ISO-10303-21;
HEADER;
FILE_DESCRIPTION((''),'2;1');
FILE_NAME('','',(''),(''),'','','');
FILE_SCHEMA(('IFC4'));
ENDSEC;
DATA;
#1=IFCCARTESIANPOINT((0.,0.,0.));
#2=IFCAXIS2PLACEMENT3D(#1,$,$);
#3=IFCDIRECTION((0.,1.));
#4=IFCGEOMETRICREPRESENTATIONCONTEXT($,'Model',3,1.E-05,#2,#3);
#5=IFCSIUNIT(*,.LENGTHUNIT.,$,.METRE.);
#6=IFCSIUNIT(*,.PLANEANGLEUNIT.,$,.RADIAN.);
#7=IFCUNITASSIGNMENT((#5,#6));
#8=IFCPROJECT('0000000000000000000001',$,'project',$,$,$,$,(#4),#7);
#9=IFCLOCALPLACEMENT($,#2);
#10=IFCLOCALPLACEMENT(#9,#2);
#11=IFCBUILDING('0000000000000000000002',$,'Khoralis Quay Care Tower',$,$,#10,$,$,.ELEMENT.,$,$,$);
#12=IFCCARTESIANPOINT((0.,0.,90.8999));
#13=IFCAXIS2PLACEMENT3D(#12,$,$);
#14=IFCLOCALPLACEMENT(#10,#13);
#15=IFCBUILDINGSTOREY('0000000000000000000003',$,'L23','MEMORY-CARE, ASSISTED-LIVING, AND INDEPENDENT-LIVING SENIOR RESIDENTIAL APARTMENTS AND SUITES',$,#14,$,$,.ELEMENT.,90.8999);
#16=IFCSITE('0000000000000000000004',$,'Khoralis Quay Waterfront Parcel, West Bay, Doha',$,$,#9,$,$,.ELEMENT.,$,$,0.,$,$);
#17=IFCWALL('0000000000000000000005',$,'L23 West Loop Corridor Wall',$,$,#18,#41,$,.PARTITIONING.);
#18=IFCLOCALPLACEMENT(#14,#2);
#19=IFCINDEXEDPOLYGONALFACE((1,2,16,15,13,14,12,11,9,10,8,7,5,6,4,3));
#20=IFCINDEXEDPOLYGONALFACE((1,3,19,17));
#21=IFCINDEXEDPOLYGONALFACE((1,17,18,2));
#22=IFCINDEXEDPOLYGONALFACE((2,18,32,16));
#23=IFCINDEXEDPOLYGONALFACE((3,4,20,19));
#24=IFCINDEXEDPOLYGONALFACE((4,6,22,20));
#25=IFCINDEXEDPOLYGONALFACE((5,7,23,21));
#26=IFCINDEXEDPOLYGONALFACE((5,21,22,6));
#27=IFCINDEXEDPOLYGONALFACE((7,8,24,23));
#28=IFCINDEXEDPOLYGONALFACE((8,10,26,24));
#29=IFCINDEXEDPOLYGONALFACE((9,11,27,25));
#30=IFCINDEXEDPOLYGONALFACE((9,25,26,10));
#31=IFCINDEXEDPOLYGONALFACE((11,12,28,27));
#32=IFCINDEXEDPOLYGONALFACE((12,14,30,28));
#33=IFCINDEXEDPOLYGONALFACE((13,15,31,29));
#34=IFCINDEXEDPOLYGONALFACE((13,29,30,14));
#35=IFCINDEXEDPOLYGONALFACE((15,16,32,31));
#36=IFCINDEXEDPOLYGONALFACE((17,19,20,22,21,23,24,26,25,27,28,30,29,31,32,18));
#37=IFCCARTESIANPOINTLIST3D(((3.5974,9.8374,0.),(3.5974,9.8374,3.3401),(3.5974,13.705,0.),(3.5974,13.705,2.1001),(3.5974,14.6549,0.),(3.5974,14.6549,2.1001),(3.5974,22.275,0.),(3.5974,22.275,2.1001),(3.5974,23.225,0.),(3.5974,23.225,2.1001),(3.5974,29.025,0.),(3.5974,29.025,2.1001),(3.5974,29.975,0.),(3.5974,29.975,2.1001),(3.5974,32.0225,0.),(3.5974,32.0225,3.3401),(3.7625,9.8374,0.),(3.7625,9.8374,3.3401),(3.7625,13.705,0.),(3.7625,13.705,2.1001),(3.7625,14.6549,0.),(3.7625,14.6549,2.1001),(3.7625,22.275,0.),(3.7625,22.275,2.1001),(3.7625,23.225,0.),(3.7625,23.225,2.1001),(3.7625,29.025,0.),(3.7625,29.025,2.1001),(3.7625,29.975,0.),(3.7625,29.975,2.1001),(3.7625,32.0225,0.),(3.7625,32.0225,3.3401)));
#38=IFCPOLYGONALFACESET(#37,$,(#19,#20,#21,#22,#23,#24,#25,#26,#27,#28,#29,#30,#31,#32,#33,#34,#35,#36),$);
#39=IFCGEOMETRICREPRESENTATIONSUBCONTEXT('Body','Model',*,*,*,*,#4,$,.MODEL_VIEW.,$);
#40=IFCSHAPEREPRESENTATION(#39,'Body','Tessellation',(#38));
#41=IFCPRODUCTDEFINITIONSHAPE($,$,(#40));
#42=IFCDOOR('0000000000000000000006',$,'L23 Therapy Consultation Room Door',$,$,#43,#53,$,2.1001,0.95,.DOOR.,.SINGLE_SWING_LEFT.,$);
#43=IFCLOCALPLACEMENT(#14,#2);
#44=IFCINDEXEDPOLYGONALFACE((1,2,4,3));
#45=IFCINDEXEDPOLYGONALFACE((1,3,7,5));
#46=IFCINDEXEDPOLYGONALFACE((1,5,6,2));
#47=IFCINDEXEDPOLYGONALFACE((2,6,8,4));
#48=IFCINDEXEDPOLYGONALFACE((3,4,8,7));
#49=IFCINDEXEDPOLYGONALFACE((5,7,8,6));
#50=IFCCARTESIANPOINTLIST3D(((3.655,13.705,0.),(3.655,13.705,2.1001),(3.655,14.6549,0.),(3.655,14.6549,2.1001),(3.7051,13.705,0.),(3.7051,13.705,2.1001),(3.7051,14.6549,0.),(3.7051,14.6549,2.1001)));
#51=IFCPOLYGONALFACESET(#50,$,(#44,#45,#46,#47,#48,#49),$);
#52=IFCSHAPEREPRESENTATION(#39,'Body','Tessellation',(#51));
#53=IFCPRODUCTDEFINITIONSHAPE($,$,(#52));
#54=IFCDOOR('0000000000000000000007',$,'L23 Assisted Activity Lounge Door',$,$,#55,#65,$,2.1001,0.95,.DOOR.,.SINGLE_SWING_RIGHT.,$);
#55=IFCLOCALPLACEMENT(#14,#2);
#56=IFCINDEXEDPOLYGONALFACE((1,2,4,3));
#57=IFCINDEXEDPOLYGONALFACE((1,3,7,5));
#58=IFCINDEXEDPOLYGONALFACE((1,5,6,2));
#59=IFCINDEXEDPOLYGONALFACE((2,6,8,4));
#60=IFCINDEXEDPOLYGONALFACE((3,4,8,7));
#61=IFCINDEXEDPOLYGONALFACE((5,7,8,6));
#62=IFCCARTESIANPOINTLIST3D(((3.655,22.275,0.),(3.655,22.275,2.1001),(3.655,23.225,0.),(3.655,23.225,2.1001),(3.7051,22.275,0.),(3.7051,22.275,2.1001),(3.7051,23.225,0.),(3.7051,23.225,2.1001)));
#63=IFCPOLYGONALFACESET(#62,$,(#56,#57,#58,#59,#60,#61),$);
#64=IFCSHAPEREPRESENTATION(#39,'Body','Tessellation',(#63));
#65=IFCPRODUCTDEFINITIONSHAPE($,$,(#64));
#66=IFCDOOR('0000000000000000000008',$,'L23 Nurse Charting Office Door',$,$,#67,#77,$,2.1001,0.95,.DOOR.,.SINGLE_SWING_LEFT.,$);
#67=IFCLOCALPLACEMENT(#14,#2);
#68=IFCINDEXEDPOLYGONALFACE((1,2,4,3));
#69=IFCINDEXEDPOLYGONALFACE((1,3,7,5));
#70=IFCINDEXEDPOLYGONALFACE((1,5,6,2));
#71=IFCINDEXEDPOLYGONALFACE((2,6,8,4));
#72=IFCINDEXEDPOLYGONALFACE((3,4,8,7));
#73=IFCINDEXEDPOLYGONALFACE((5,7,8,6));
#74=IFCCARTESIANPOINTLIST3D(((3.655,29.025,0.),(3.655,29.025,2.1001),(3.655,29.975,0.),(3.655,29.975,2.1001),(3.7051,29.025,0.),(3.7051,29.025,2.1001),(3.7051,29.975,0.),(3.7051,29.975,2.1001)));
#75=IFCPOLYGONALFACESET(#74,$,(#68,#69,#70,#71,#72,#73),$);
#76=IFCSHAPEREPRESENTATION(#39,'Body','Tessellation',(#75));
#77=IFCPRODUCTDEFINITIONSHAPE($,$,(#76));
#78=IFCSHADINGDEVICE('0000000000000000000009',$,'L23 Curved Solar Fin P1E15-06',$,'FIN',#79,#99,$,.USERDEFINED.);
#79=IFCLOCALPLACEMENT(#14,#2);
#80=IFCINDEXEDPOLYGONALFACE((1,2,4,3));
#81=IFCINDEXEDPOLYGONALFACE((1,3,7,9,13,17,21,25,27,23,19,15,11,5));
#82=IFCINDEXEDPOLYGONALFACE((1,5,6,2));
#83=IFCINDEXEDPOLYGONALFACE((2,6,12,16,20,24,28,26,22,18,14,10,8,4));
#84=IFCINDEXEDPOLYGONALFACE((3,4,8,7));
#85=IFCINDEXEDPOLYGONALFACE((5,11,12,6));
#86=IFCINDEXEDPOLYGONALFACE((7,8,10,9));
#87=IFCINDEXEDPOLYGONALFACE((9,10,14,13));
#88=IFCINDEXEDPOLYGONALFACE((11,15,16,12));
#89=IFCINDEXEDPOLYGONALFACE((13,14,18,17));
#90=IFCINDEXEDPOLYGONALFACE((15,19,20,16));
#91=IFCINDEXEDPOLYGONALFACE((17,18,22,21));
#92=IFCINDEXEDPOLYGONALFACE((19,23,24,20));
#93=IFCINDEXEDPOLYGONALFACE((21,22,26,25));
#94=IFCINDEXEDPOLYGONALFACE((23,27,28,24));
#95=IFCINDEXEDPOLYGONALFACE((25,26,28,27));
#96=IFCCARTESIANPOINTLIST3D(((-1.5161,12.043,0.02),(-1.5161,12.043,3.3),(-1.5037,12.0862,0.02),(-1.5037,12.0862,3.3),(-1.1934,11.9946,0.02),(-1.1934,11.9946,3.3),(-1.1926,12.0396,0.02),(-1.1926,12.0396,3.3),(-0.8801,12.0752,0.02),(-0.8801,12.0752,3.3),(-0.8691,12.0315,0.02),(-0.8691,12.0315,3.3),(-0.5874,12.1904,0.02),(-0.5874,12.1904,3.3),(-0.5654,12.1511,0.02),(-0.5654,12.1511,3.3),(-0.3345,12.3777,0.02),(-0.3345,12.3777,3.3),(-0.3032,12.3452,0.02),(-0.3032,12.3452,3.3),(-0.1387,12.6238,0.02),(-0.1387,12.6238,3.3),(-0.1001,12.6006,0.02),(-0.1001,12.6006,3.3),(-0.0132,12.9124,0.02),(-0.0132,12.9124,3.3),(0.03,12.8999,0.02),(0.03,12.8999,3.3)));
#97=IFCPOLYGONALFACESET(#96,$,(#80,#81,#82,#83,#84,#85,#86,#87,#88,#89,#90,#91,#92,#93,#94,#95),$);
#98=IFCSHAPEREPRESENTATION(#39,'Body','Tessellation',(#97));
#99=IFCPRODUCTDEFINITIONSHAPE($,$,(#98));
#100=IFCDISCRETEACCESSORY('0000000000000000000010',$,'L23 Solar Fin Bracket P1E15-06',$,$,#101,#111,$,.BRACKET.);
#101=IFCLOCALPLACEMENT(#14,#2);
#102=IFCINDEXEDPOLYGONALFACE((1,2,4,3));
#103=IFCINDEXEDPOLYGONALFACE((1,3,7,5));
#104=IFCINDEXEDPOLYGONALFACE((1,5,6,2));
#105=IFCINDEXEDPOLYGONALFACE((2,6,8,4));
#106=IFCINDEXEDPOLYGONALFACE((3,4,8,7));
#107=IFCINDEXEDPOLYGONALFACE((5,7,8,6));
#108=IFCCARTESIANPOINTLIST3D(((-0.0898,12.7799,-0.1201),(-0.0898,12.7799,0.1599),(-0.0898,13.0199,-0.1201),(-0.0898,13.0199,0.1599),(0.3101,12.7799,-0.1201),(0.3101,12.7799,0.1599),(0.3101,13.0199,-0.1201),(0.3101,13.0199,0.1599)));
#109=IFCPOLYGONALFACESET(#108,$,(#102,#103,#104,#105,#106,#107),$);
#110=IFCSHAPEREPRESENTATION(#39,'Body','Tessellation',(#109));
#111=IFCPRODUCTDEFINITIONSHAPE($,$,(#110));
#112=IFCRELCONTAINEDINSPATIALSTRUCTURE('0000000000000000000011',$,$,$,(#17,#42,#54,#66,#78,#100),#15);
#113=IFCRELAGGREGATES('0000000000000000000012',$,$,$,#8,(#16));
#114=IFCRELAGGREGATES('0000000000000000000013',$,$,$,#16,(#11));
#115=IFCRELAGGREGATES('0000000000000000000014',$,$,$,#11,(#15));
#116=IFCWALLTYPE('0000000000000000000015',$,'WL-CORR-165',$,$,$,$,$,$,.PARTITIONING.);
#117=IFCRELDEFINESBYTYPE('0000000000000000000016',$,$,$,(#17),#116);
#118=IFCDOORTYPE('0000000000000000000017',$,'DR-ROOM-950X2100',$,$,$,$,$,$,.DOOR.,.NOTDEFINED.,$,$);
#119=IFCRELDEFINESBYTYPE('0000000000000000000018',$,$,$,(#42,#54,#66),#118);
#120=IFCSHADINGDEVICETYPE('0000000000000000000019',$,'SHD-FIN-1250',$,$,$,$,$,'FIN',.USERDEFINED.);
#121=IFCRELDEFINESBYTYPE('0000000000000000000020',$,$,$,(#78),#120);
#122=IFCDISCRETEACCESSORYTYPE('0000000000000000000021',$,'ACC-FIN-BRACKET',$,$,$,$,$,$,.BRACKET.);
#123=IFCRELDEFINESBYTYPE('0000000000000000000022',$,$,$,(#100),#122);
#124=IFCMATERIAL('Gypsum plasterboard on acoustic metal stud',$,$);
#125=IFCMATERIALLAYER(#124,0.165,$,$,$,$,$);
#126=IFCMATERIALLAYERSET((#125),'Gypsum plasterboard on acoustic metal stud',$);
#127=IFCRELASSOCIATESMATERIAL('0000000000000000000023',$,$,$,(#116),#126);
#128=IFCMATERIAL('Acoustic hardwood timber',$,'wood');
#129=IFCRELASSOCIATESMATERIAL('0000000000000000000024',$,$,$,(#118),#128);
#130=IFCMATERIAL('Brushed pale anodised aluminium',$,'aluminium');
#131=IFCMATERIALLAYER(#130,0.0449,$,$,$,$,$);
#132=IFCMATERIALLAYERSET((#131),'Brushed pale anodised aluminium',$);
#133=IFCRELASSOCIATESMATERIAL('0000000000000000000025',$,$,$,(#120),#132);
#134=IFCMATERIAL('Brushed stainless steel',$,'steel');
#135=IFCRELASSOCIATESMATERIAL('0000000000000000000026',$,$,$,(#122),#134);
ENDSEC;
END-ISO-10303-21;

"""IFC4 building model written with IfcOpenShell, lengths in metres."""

from ifc_helpers import new_model, si_unit, direction, frame, frame_2d, origin, origin_2d, place, context, subcontext, project, spatial, polyline, rectangle, outline, extrude, source, transform, mapped, material, layer, layer_set, type_object, element, fill, save


model = new_model("IFC4")

# Units and contexts
model_context = context("Model", 3, precision=1e-05, world=origin(), true_north=direction((0.0, 1.0)))
body_context = subcontext(model_context, "Body", "Model", "MODEL_VIEW")
ifc_project = project(units=[si_unit("LENGTHUNIT", "METRE"), si_unit("PLANEANGLEUNIT", "RADIAN")], contexts=[model_context])

# Site, building, storey
site_placement = place(None, origin())
site = spatial("IfcSite", under=ifc_project, at=site_placement, Name="Khoralis Quay Waterfront Parcel, West Bay, Doha", CompositionType="ELEMENT", RefElevation=0.0)
building_placement = place(site_placement, origin())
building = spatial("IfcBuilding", under=site, at=building_placement, Name="Khoralis Quay Care Tower", CompositionType="ELEMENT")
storey_placement = place(building_placement, frame((0.0, 0.0, 90.8999)))
storey = spatial("IfcBuildingStorey", under=building, at=storey_placement, Name="L23", Description="MEMORY-CARE, ASSISTED-LIVING, AND INDEPENDENT-LIVING SENIOR RESIDENTIAL APARTMENTS AND SUITES", CompositionType="ELEMENT", Elevation=90.8999)

# Shared definitions
ifc_material_1 = material(Name="Gypsum plasterboard on acoustic metal stud")

# Wall, openings, doors
ifc_layer_1 = layer(ifc_material_1, 0.165)
ifc_layer_set_1 = layer_set([ifc_layer_1], Name="Gypsum plasterboard on acoustic metal stud")
wall_type_1 = type_object("IfcWallType", Name="WL-CORR-165", PredefinedType="PARTITIONING", material=ifc_layer_set_1)
ifc_material_2 = material(Name="Acoustic hardwood timber", Category="wood")
door_type_1 = type_object("IfcDoorType", Name="DR-ROOM-950X2100", OperationType="NOTDEFINED", PredefinedType="DOOR", material=ifc_material_2)
shared_shape_1 = source(origin(), body_context, "Body", "SweptSolid", [
    extrude(rectangle(XDim=0.95, YDim=2.1001, at=frame_2d((0.4751, 1.05))), frame((0.0, 0.0249, 0.0), z_axis=(0.0, -1.0, 0.0), x_axis=(1.0, 0.0, 0.0)), (0.0, 0.0, 1.0), 0.05),
])
wall_1_placement = place(storey_placement, frame((3.6799, 9.8374, 0.0), z_axis=(0.0, 0.0, 1.0), x_axis=(0.0, 1.0, 0.0)))
wall_1 = element("IfcWall", 1, at=wall_1_placement, inside=storey, type_object=wall_type_1, Name="L23 West Loop Corridor Wall", PredefinedType="PARTITIONING", context=body_context, shape_type="SweptSolid", body=[
    extrude(rectangle(XDim=22.1851, YDim=0.165, at=frame_2d((11.0925, 0.0))), origin(), (0.0, 0.0, 1.0), 3.3401),
])
opening_1_placement = place(wall_1_placement, frame((3.8674, 0.0, 0.0)))
opening_1 = element("IfcOpeningElement", 2, at=opening_1_placement, cuts=wall_1, PredefinedType="OPENING", context=body_context, shape_type="SweptSolid", body=[
    extrude(rectangle(XDim=0.95, YDim=2.1001, at=frame_2d((0.4751, 1.05))), frame((0.0, 0.0925, 0.0), z_axis=(0.0, -1.0, 0.0), x_axis=(1.0, 0.0, 0.0)), (0.0, 0.0, 1.0), 0.1851),
])
opening_2_placement = place(wall_1_placement, frame((12.4375, 0.0, 0.0)))
opening_2 = element("IfcOpeningElement", 3, at=opening_2_placement, cuts=wall_1, PredefinedType="OPENING", context=body_context, shape_type="SweptSolid", body=[
    extrude(rectangle(XDim=0.95, YDim=2.1001, at=frame_2d((0.4751, 1.05))), frame((0.0, 0.0925, 0.0), z_axis=(0.0, -1.0, 0.0), x_axis=(1.0, 0.0, 0.0)), (0.0, 0.0, 1.0), 0.1851),
])
opening_3_placement = place(wall_1_placement, frame((19.1875, 0.0, 0.0)))
opening_3 = element("IfcOpeningElement", 4, at=opening_3_placement, cuts=wall_1, PredefinedType="OPENING", context=body_context, shape_type="SweptSolid", body=[
    extrude(rectangle(XDim=0.95, YDim=2.1001, at=frame_2d((0.4751, 1.05))), frame((0.0, 0.0925, 0.0), z_axis=(0.0, -1.0, 0.0), x_axis=(1.0, 0.0, 0.0)), (0.0, 0.0, 1.0), 0.1851),
])
door_1_placement = place(opening_1_placement, origin())
door_1 = element("IfcDoor", 5, at=door_1_placement, inside=storey, type_object=door_type_1, Name="L23 Therapy Consultation Room Door", OperationType="SINGLE_SWING_LEFT", OverallHeight=2.1001, OverallWidth=0.95, PredefinedType="DOOR", context=body_context, shape_type="MappedRepresentation", body=[
    mapped(shared_shape_1, transform((0.0, 0.0, 0.0), scale=1.0)),
])
fill(opening_1, door_1)
door_2_placement = place(opening_2_placement, origin())
door_2 = element("IfcDoor", 6, at=door_2_placement, inside=storey, type_object=door_type_1, Name="L23 Assisted Activity Lounge Door", OperationType="SINGLE_SWING_RIGHT", OverallHeight=2.1001, OverallWidth=0.95, PredefinedType="DOOR", context=body_context, shape_type="MappedRepresentation", body=[
    mapped(shared_shape_1, transform((0.0, 0.0, 0.0), scale=1.0)),
])
fill(opening_2, door_2)
door_3_placement = place(opening_3_placement, origin())
door_3 = element("IfcDoor", 7, at=door_3_placement, inside=storey, type_object=door_type_1, Name="L23 Nurse Charting Office Door", OperationType="SINGLE_SWING_LEFT", OverallHeight=2.1001, OverallWidth=0.95, PredefinedType="DOOR", context=body_context, shape_type="MappedRepresentation", body=[
    mapped(shared_shape_1, transform((0.0, 0.0, 0.0), scale=1.0)),
])
fill(opening_3, door_3)

# Shading device
ifc_material_3 = material(Name="Brushed pale anodised aluminium", Category="aluminium")
ifc_layer_2 = layer(ifc_material_3, 0.0449)
ifc_layer_set_2 = layer_set([ifc_layer_2], Name="Brushed pale anodised aluminium")
shading_device_type = type_object("IfcShadingDeviceType", Name="SHD-FIN-1250", ElementType="FIN", PredefinedType="USERDEFINED", material=ifc_layer_set_2)
shared_shape_2 = source(origin(), body_context, "Body", "SweptSolid", [
    extrude(outline(polyline([(0.0, 0.0), (0.1301, 0.2993), (0.3333, 0.5547), (0.5955, 0.7488), (0.8992, 0.8684), (1.2234, 0.9053), (1.5461, 0.8569), (1.5337, 0.8137), (1.2227, 0.8604), (0.9102, 0.8247), (0.6174, 0.7095), (0.3645, 0.5222), (0.1687, 0.2761), (0.0432, -0.0125), (0.0, 0.0)])), origin(), (0.0, 0.0, 1.0), 3.28),
])
shading_device_placement = place(storey_placement, frame((0.03, 12.8999, 0.02), z_axis=(0.0, 0.0, 1.0), x_axis=(-1.0, 0.0, 0.0)))
element("IfcShadingDevice", 8, at=shading_device_placement, inside=storey, type_object=shading_device_type, Name="L23 Curved Solar Fin P1E15-06", ObjectType="FIN", PredefinedType="USERDEFINED", context=body_context, shape_type="MappedRepresentation", body=[
    mapped(shared_shape_2, transform((0.0, 0.0, 0.0), scale=1.0)),
])

# Discrete accessory
ifc_material_4 = material(Name="Brushed stainless steel", Category="steel")
discrete_accessory_type = type_object("IfcDiscreteAccessoryType", Name="ACC-FIN-BRACKET", PredefinedType="BRACKET", material=ifc_material_4)
shared_shape_3 = source(origin(), body_context, "Body", "SweptSolid", [
    extrude(rectangle(XDim=0.3999, YDim=0.24, at=origin_2d()), origin(), (0.0, 0.0, 1.0), 0.28),
])
discrete_accessory_placement = place(storey_placement, frame((0.1101, 12.8999, -0.1201), z_axis=(0.0, 0.0, 1.0), x_axis=(-1.0, 0.0, 0.0)))
element("IfcDiscreteAccessory", 9, at=discrete_accessory_placement, inside=storey, type_object=discrete_accessory_type, Name="L23 Solar Fin Bracket P1E15-06", PredefinedType="BRACKET", context=body_context, shape_type="MappedRepresentation", body=[
    mapped(shared_shape_3, transform((0.0, 0.0, 0.0), scale=1.0)),
])

save(model, "model.ifc")
